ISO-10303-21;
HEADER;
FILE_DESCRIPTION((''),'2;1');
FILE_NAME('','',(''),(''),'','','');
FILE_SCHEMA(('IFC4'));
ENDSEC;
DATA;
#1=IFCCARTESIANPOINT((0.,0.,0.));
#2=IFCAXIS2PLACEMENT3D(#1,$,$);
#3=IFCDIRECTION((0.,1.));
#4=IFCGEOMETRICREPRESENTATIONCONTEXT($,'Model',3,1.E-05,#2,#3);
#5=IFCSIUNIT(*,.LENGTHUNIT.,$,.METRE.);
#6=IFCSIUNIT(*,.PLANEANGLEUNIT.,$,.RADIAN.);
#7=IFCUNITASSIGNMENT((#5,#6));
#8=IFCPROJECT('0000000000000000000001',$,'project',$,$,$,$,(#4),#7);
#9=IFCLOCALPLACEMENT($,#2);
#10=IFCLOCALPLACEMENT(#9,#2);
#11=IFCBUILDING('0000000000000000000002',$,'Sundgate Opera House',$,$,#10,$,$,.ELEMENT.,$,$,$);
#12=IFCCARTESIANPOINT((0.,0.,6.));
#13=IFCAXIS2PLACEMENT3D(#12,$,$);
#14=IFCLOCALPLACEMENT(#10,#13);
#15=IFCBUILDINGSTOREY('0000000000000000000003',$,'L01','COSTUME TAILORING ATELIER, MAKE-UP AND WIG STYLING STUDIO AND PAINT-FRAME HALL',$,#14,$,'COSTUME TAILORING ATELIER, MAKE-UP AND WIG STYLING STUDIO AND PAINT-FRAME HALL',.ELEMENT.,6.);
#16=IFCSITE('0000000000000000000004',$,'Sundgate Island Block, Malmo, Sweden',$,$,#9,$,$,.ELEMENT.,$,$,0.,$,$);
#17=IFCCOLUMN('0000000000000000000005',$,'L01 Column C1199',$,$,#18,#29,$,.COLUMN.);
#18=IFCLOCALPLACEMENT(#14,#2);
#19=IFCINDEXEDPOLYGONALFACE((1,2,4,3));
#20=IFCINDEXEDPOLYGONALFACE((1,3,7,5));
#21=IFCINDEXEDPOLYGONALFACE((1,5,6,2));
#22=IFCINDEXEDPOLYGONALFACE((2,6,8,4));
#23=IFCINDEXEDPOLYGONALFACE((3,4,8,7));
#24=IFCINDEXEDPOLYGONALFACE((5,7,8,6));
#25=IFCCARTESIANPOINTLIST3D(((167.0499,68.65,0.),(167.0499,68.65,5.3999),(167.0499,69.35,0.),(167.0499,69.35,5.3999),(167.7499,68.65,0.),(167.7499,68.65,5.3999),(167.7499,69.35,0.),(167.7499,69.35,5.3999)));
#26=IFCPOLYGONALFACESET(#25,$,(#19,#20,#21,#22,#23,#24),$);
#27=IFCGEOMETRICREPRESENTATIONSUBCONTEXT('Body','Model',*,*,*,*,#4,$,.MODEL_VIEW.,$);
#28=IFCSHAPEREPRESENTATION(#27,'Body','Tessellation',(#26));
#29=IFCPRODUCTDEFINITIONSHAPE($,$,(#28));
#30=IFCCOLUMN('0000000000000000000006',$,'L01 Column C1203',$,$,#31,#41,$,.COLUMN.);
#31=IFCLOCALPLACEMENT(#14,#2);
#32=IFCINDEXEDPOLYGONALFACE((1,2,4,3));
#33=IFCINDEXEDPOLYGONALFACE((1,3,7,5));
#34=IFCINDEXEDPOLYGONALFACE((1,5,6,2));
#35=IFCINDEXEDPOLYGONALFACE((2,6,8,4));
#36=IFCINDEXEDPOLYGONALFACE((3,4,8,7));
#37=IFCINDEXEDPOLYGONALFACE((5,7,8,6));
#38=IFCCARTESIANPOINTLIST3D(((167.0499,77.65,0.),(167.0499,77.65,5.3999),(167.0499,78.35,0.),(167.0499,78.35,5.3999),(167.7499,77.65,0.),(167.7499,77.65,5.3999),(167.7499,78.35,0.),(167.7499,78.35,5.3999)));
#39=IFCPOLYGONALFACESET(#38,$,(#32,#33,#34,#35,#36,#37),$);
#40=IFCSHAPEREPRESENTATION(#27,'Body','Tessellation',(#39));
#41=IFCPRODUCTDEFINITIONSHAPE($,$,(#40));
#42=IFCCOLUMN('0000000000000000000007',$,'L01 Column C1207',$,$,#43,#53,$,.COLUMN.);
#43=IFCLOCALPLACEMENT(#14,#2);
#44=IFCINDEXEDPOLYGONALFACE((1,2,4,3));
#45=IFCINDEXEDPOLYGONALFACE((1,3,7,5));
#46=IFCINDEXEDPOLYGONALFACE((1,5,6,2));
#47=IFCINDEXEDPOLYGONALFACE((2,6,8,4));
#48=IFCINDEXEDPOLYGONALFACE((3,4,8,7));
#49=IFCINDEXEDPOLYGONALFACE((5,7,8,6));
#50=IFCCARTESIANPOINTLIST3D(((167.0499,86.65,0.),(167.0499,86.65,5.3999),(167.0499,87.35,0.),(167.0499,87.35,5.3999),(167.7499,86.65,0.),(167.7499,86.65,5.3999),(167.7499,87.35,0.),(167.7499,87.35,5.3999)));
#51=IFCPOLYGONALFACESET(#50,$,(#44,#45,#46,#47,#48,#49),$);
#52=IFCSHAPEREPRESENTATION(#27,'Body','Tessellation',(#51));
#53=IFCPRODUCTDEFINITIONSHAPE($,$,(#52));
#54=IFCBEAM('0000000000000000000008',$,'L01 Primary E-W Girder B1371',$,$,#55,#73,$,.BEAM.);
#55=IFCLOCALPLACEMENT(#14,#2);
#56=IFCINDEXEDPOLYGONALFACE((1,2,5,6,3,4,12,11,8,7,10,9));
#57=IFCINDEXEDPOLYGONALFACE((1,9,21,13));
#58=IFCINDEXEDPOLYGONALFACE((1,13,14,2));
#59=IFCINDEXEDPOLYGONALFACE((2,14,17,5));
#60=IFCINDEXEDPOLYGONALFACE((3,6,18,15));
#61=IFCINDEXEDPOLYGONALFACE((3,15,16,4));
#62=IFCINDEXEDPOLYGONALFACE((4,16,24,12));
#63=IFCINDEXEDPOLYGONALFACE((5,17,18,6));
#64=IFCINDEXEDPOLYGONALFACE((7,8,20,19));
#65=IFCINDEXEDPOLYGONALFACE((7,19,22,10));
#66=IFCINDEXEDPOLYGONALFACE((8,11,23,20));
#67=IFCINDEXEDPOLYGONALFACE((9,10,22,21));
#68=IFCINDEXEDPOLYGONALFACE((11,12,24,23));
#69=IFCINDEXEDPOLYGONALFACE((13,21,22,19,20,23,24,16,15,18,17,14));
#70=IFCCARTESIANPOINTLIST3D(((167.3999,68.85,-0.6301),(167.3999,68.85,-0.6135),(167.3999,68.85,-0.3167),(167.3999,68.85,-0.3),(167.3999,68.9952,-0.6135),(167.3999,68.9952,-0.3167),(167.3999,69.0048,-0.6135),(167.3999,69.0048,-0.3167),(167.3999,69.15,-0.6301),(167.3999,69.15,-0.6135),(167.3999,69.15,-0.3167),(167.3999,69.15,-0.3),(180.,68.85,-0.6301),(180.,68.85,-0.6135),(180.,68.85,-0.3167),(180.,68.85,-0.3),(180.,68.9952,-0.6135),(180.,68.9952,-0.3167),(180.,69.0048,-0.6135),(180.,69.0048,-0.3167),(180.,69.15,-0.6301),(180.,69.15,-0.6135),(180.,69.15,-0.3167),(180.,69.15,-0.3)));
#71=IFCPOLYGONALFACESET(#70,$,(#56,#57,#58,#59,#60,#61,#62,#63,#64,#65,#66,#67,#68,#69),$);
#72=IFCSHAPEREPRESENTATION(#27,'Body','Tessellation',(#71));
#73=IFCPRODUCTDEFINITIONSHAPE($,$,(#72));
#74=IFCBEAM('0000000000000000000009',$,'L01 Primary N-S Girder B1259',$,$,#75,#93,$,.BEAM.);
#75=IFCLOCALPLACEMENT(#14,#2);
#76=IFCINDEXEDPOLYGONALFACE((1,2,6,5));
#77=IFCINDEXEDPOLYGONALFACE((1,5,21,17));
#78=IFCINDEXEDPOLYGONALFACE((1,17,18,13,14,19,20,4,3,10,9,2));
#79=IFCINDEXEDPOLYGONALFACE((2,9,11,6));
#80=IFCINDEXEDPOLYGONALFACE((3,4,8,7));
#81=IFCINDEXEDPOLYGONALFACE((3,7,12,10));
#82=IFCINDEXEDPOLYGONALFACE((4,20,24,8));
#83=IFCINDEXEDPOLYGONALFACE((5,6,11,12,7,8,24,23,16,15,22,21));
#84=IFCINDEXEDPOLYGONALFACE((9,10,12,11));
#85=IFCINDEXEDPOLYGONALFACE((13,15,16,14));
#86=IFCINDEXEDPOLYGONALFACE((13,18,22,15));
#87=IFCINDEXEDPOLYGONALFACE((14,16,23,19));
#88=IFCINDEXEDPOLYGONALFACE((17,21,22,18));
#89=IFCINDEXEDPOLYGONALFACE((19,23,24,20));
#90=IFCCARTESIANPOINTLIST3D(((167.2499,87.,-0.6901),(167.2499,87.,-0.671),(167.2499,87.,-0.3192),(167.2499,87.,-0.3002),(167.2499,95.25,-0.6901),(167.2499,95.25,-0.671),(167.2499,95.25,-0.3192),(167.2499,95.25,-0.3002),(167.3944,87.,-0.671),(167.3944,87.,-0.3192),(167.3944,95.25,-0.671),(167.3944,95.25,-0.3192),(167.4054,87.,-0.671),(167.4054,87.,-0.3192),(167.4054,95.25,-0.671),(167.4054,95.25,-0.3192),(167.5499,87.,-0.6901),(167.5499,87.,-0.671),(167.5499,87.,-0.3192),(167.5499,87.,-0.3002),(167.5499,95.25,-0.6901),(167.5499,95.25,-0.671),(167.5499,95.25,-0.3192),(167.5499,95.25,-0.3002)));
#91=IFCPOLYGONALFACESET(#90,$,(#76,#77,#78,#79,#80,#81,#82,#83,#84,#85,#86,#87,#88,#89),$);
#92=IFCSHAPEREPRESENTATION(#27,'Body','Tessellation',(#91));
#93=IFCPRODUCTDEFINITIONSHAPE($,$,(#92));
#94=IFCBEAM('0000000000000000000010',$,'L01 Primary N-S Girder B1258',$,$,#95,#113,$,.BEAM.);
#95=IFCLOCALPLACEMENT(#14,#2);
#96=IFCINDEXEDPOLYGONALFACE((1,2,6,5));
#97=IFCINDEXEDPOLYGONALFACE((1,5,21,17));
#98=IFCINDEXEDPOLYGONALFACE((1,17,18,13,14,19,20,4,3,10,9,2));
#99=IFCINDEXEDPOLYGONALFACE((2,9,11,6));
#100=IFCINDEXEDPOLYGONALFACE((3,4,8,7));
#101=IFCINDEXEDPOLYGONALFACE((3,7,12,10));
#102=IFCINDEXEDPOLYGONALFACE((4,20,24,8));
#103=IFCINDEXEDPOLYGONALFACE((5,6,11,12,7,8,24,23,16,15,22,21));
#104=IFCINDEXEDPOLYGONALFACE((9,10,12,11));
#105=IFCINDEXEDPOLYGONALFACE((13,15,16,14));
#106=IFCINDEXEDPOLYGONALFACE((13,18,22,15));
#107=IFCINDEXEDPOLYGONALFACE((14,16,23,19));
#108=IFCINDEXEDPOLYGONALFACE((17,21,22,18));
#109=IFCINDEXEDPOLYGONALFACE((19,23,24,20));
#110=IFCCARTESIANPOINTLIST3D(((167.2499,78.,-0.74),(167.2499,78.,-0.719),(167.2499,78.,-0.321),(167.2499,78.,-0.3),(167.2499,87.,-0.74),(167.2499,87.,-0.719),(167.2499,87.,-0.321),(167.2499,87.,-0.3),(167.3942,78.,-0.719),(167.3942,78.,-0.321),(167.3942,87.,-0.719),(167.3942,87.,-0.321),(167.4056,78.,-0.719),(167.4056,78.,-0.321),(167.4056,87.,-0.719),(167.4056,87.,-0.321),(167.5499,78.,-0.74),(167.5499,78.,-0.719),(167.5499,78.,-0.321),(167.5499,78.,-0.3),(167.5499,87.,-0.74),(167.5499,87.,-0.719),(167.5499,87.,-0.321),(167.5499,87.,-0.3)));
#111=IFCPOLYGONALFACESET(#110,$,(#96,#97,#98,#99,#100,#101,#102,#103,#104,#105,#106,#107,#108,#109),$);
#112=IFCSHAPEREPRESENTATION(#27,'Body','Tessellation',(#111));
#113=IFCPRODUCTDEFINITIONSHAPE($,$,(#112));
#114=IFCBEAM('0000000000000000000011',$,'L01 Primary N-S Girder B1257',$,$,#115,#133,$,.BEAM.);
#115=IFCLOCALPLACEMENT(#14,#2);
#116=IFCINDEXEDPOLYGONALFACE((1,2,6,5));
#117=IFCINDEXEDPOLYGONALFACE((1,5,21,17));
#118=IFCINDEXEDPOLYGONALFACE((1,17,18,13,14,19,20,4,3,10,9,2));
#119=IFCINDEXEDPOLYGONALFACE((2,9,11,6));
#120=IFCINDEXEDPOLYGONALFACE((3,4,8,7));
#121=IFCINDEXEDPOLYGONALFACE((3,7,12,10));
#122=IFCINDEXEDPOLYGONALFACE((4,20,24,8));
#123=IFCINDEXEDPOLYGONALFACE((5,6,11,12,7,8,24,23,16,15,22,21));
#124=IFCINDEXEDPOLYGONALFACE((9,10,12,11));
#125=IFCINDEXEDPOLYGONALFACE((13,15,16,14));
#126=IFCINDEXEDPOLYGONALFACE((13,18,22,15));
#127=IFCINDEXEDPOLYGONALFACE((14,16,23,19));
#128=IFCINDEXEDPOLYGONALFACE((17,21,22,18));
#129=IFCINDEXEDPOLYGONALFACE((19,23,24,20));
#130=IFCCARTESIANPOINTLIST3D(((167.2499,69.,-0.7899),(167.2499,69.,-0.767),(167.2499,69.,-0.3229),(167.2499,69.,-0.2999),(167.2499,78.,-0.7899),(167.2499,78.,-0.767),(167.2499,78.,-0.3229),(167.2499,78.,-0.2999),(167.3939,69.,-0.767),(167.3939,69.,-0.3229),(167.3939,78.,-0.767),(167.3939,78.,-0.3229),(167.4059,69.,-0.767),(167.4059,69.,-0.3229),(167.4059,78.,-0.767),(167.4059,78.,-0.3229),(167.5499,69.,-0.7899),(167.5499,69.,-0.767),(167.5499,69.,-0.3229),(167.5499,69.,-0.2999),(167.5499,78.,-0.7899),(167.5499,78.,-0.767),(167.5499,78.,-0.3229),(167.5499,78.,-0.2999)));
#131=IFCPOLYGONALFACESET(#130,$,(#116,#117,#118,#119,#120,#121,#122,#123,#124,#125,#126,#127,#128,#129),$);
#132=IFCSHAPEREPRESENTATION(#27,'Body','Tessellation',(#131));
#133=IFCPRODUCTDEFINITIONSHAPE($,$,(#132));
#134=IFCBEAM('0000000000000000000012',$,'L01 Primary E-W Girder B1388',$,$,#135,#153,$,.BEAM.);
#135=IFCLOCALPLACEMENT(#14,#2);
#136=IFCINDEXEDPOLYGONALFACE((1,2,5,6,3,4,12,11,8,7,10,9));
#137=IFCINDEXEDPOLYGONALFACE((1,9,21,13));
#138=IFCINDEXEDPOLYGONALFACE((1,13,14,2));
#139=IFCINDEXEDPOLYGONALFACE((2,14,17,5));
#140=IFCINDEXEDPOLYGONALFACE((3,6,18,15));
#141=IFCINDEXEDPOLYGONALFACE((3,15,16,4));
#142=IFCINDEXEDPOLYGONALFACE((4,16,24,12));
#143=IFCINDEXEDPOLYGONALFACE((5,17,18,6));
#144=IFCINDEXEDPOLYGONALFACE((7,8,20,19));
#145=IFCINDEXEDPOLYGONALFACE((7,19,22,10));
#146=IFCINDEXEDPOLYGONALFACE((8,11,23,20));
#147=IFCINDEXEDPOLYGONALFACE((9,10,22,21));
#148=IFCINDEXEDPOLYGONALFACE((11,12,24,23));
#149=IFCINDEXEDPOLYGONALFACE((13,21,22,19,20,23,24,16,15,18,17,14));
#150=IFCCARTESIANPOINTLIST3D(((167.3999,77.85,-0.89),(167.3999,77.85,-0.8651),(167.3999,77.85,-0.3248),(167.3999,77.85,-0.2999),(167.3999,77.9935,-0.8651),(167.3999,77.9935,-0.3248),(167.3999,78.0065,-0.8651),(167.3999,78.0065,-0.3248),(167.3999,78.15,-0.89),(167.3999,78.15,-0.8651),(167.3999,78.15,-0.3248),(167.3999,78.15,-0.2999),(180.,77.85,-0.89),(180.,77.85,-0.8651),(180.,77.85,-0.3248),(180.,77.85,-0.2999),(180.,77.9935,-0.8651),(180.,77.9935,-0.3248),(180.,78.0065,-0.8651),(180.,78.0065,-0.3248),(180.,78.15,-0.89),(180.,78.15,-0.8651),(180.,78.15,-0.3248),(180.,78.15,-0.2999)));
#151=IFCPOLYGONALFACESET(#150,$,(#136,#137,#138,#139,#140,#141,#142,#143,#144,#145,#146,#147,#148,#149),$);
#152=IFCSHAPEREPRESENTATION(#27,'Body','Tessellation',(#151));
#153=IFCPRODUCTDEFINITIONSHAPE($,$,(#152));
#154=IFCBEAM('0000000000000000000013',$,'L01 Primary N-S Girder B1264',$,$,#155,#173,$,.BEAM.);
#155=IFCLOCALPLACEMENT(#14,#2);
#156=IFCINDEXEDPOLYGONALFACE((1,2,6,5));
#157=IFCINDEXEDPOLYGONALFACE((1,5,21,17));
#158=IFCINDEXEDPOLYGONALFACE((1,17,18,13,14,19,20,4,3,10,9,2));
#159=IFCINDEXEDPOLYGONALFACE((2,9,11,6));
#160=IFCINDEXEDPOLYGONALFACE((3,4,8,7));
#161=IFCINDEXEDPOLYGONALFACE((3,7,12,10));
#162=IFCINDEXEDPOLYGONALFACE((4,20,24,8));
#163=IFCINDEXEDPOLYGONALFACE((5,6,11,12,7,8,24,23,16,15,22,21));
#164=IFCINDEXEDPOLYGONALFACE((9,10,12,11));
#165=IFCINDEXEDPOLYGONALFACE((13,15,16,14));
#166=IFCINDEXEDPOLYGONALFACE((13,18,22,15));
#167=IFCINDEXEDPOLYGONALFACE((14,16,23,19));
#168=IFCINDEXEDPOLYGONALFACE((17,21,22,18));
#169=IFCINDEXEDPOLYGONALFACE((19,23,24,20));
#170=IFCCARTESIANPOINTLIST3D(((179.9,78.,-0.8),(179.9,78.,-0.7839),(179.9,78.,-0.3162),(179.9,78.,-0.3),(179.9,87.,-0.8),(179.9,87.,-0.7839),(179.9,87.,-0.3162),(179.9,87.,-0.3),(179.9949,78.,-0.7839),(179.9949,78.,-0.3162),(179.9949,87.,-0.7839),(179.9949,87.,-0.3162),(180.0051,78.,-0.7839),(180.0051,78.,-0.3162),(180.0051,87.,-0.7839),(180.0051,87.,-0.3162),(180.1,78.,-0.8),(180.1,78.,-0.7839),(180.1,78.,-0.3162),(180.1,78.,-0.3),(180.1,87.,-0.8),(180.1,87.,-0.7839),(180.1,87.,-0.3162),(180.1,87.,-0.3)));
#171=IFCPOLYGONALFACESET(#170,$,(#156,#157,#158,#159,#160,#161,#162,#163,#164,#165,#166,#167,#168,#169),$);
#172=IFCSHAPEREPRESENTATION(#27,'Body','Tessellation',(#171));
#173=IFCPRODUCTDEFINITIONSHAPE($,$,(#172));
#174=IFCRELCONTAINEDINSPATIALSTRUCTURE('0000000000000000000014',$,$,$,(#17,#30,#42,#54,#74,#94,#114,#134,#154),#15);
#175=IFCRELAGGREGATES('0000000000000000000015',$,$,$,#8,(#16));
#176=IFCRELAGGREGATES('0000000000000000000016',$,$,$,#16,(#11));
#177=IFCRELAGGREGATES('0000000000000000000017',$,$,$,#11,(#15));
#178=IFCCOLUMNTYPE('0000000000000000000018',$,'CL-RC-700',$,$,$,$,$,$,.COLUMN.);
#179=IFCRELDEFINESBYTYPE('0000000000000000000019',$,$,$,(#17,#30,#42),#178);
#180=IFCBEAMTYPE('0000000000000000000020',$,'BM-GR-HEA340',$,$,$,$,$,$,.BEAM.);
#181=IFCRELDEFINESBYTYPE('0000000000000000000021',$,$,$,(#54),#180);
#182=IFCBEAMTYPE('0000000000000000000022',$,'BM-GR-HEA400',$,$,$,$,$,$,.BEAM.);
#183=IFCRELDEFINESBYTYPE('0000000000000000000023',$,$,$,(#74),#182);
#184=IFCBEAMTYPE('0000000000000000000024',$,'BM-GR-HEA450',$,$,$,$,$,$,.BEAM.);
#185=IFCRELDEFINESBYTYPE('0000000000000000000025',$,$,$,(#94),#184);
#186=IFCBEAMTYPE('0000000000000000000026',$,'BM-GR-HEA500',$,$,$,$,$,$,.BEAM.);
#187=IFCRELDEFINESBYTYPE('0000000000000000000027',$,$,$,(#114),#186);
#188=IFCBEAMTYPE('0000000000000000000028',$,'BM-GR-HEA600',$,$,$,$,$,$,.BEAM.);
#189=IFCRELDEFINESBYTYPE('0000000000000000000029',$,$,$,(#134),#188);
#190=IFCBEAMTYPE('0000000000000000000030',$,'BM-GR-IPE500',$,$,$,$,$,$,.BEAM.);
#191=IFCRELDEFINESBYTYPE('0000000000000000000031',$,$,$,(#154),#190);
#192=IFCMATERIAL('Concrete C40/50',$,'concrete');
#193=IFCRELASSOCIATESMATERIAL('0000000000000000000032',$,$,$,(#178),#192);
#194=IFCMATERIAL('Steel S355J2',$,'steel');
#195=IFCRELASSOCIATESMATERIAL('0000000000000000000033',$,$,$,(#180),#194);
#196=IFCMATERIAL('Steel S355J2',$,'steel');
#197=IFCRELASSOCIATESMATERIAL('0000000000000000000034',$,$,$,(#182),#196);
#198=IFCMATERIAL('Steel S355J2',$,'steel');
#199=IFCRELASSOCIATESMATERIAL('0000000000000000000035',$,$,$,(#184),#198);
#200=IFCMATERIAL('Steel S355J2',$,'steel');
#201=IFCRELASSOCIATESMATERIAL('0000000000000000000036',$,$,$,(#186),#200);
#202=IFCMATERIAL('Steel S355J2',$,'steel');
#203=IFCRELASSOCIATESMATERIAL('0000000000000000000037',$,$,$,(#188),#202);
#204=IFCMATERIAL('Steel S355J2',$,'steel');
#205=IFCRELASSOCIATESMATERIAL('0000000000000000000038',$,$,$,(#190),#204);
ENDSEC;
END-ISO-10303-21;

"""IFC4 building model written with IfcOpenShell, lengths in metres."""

from ifc_helpers import new_model, si_unit, direction, frame, origin, origin_2d, place, context, subcontext, project, spatial, rectangle, i_section, extrude, material, material_profile, profile_set, type_object, element, save


model = new_model("IFC4")

# Units and contexts
model_context = context("Model", 3, precision=1e-05, world=origin(), true_north=direction((0.0, 1.0)))
body_context = subcontext(model_context, "Body", "Model", "MODEL_VIEW")
ifc_project = project(units=[si_unit("LENGTHUNIT", "METRE"), si_unit("PLANEANGLEUNIT", "RADIAN")], contexts=[model_context])

# Site, building, storey
site_placement = place(None, origin())
site = spatial("IfcSite", under=ifc_project, at=site_placement, Name="Sundgate Island Block, Malmo, Sweden", CompositionType="ELEMENT", RefElevation=0.0)
building_placement = place(site_placement, origin())
building = spatial("IfcBuilding", under=site, at=building_placement, Name="Sundgate Opera House", CompositionType="ELEMENT")
storey_placement = place(building_placement, frame((0.0, 0.0, 6.0)))
storey = spatial("IfcBuildingStorey", under=building, at=storey_placement, Name="L01", Description="COSTUME TAILORING ATELIER, MAKE-UP AND WIG STYLING STUDIO AND PAINT-FRAME HALL", LongName="COSTUME TAILORING ATELIER, MAKE-UP AND WIG STYLING STUDIO AND PAINT-FRAME HALL", CompositionType="ELEMENT", Elevation=6.0)

# Columns
ifc_material_1 = material(Name="Concrete C40/50", Category="concrete")
ifc_material_profile_1 = material_profile(ifc_material_1, rectangle(XDim=0.7, YDim=0.7, at=origin_2d()), Name="RC 700x700")
ifc_profile_set_1 = profile_set([ifc_material_profile_1], Name="Concrete C40/50")
column_type = type_object("IfcColumnType", Name="CL-RC-700", PredefinedType="COLUMN", material=ifc_profile_set_1)
for number, where, z_axis, x_axis, name in (
    (1, (167.3999, 69.0, 0.0), (0.0, 0.0, 1.0), (1.0, 0.0, 0.0), "L01 Column C1199"),
    (2, (167.3999, 78.0, 0.0), (0.0, 0.0, 1.0), (1.0, 0.0, 0.0), "L01 Column C1203"),
    (3, (167.3999, 87.0, 0.0), (0.0, 0.0, 1.0), (1.0, 0.0, 0.0), "L01 Column C1207"),
):
    element("IfcColumn", number, at=place(storey_placement, frame(where, z_axis=z_axis, x_axis=x_axis)), inside=storey, type_object=column_type, Name=name, PredefinedType="COLUMN", context=body_context, shape_type="SweptSolid", body=[
        extrude(rectangle(XDim=0.7, YDim=0.7, at=origin_2d()), origin(), (0.0, 0.0, 1.0), 5.3999),
    ])

# Beams
ifc_material_2 = material(Name="Steel S355J2", Category="steel")
ifc_material_profile_2 = material_profile(ifc_material_2, i_section(OverallWidth=0.3, OverallDepth=0.3301, WebThickness=0.0095, FlangeThickness=0.0166, at=origin_2d()), Name="HEA 340")
ifc_profile_set_2 = profile_set([ifc_material_profile_2], Name="Steel S355J2")
beam_type_1 = type_object("IfcBeamType", Name="BM-GR-HEA340", PredefinedType="BEAM", material=ifc_profile_set_2)
beam_1_placement = place(storey_placement, frame((167.3999, 69.0, -0.4651), z_axis=(1.0, 0.0, 0.0), x_axis=(0.0, 1.0, 0.0)))
element("IfcBeam", 4, at=beam_1_placement, inside=storey, type_object=beam_type_1, Name="L01 Primary E-W Girder B1371", PredefinedType="BEAM", context=body_context, shape_type="SweptSolid", body=[
    extrude(i_section(OverallWidth=0.3, OverallDepth=0.3301, WebThickness=0.0095, FlangeThickness=0.0166, at=origin_2d()), origin(), (0.0, 0.0, 1.0), 12.6001),
])
ifc_material_3 = material(Name="Steel S355J2", Category="steel")
ifc_material_profile_3 = material_profile(ifc_material_3, i_section(OverallWidth=0.3, OverallDepth=0.3899, WebThickness=0.011, FlangeThickness=0.019, at=origin_2d()), Name="HEA 400")
ifc_profile_set_3 = profile_set([ifc_material_profile_3], Name="Steel S355J2")
beam_type_2 = type_object("IfcBeamType", Name="BM-GR-HEA400", PredefinedType="BEAM", material=ifc_profile_set_3)
beam_2_placement = place(storey_placement, frame((167.3999, 87.0, -0.4951), z_axis=(0.0, 1.0, 0.0), x_axis=(-1.0, 0.0, 0.0)))
element("IfcBeam", 5, at=beam_2_placement, inside=storey, type_object=beam_type_2, Name="L01 Primary N-S Girder B1259", PredefinedType="BEAM", context=body_context, shape_type="SweptSolid", body=[
    extrude(i_section(OverallWidth=0.3, OverallDepth=0.3899, WebThickness=0.011, FlangeThickness=0.019, at=origin_2d()), origin(), (0.0, 0.0, 1.0), 8.25),
])
ifc_material_4 = material(Name="Steel S355J2", Category="steel")
ifc_material_profile_4 = material_profile(ifc_material_4, i_section(OverallWidth=0.3, OverallDepth=0.4399, WebThickness=0.0115, FlangeThickness=0.021, at=origin_2d()), Name="HEA 450")
ifc_profile_set_4 = profile_set([ifc_material_profile_4], Name="Steel S355J2")
beam_type_3 = type_object("IfcBeamType", Name="BM-GR-HEA450", PredefinedType="BEAM", material=ifc_profile_set_4)
beam_3_placement = place(storey_placement, frame((167.3999, 78.0, -0.52), z_axis=(0.0, 1.0, 0.0), x_axis=(-1.0, 0.0, 0.0)))
element("IfcBeam", 6, at=beam_3_placement, inside=storey, type_object=beam_type_3, Name="L01 Primary N-S Girder B1258", PredefinedType="BEAM", context=body_context, shape_type="SweptSolid", body=[
    extrude(i_section(OverallWidth=0.3, OverallDepth=0.4399, WebThickness=0.0115, FlangeThickness=0.021, at=origin_2d()), origin(), (0.0, 0.0, 1.0), 9.0),
])
ifc_material_5 = material(Name="Steel S355J2", Category="steel")
ifc_material_profile_5 = material_profile(ifc_material_5, i_section(OverallWidth=0.3, OverallDepth=0.49, WebThickness=0.012, FlangeThickness=0.0229, at=origin_2d()), Name="HEA 500")
ifc_profile_set_5 = profile_set([ifc_material_profile_5], Name="Steel S355J2")
beam_type_4 = type_object("IfcBeamType", Name="BM-GR-HEA500", PredefinedType="BEAM", material=ifc_profile_set_5)
beam_4_placement = place(storey_placement, frame((167.3999, 69.0, -0.5449), z_axis=(0.0, 1.0, 0.0), x_axis=(-1.0, 0.0, 0.0)))
element("IfcBeam", 7, at=beam_4_placement, inside=storey, type_object=beam_type_4, Name="L01 Primary N-S Girder B1257", PredefinedType="BEAM", context=body_context, shape_type="SweptSolid", body=[
    extrude(i_section(OverallWidth=0.3, OverallDepth=0.49, WebThickness=0.012, FlangeThickness=0.0229, at=origin_2d()), origin(), (0.0, 0.0, 1.0), 9.0),
])
ifc_material_6 = material(Name="Steel S355J2", Category="steel")
ifc_material_profile_6 = material_profile(ifc_material_6, i_section(OverallWidth=0.3, OverallDepth=0.5901, WebThickness=0.0129, FlangeThickness=0.0249, at=origin_2d()), Name="HEA 600")
ifc_profile_set_6 = profile_set([ifc_material_profile_6], Name="Steel S355J2")
beam_type_5 = type_object("IfcBeamType", Name="BM-GR-HEA600", PredefinedType="BEAM", material=ifc_profile_set_6)
beam_5_placement = place(storey_placement, frame((167.3999, 78.0, -0.595), z_axis=(1.0, 0.0, 0.0), x_axis=(0.0, 1.0, 0.0)))
element("IfcBeam", 8, at=beam_5_placement, inside=storey, type_object=beam_type_5, Name="L01 Primary E-W Girder B1388", PredefinedType="BEAM", context=body_context, shape_type="SweptSolid", body=[
    extrude(i_section(OverallWidth=0.3, OverallDepth=0.5901, WebThickness=0.0129, FlangeThickness=0.0249, at=origin_2d()), origin(), (0.0, 0.0, 1.0), 12.6001),
])
ifc_material_7 = material(Name="Steel S355J2", Category="steel")
ifc_material_profile_7 = material_profile(ifc_material_7, i_section(OverallWidth=0.2, OverallDepth=0.5, WebThickness=0.0103, FlangeThickness=0.0161, at=origin_2d()), Name="IPE 500")
ifc_profile_set_7 = profile_set([ifc_material_profile_7], Name="Steel S355J2")
beam_type_6 = type_object("IfcBeamType", Name="BM-GR-IPE500", PredefinedType="BEAM", material=ifc_profile_set_7)
beam_6_placement = place(storey_placement, frame((180.0, 78.0, -0.55), z_axis=(0.0, 1.0, 0.0), x_axis=(-1.0, 0.0, 0.0)))
element("IfcBeam", 9, at=beam_6_placement, inside=storey, type_object=beam_type_6, Name="L01 Primary N-S Girder B1264", PredefinedType="BEAM", context=body_context, shape_type="SweptSolid", body=[
    extrude(i_section(OverallWidth=0.2, OverallDepth=0.5, WebThickness=0.0103, FlangeThickness=0.0161, at=origin_2d()), origin(), (0.0, 0.0, 1.0), 9.0),
])

save(model, "model.ifc")
